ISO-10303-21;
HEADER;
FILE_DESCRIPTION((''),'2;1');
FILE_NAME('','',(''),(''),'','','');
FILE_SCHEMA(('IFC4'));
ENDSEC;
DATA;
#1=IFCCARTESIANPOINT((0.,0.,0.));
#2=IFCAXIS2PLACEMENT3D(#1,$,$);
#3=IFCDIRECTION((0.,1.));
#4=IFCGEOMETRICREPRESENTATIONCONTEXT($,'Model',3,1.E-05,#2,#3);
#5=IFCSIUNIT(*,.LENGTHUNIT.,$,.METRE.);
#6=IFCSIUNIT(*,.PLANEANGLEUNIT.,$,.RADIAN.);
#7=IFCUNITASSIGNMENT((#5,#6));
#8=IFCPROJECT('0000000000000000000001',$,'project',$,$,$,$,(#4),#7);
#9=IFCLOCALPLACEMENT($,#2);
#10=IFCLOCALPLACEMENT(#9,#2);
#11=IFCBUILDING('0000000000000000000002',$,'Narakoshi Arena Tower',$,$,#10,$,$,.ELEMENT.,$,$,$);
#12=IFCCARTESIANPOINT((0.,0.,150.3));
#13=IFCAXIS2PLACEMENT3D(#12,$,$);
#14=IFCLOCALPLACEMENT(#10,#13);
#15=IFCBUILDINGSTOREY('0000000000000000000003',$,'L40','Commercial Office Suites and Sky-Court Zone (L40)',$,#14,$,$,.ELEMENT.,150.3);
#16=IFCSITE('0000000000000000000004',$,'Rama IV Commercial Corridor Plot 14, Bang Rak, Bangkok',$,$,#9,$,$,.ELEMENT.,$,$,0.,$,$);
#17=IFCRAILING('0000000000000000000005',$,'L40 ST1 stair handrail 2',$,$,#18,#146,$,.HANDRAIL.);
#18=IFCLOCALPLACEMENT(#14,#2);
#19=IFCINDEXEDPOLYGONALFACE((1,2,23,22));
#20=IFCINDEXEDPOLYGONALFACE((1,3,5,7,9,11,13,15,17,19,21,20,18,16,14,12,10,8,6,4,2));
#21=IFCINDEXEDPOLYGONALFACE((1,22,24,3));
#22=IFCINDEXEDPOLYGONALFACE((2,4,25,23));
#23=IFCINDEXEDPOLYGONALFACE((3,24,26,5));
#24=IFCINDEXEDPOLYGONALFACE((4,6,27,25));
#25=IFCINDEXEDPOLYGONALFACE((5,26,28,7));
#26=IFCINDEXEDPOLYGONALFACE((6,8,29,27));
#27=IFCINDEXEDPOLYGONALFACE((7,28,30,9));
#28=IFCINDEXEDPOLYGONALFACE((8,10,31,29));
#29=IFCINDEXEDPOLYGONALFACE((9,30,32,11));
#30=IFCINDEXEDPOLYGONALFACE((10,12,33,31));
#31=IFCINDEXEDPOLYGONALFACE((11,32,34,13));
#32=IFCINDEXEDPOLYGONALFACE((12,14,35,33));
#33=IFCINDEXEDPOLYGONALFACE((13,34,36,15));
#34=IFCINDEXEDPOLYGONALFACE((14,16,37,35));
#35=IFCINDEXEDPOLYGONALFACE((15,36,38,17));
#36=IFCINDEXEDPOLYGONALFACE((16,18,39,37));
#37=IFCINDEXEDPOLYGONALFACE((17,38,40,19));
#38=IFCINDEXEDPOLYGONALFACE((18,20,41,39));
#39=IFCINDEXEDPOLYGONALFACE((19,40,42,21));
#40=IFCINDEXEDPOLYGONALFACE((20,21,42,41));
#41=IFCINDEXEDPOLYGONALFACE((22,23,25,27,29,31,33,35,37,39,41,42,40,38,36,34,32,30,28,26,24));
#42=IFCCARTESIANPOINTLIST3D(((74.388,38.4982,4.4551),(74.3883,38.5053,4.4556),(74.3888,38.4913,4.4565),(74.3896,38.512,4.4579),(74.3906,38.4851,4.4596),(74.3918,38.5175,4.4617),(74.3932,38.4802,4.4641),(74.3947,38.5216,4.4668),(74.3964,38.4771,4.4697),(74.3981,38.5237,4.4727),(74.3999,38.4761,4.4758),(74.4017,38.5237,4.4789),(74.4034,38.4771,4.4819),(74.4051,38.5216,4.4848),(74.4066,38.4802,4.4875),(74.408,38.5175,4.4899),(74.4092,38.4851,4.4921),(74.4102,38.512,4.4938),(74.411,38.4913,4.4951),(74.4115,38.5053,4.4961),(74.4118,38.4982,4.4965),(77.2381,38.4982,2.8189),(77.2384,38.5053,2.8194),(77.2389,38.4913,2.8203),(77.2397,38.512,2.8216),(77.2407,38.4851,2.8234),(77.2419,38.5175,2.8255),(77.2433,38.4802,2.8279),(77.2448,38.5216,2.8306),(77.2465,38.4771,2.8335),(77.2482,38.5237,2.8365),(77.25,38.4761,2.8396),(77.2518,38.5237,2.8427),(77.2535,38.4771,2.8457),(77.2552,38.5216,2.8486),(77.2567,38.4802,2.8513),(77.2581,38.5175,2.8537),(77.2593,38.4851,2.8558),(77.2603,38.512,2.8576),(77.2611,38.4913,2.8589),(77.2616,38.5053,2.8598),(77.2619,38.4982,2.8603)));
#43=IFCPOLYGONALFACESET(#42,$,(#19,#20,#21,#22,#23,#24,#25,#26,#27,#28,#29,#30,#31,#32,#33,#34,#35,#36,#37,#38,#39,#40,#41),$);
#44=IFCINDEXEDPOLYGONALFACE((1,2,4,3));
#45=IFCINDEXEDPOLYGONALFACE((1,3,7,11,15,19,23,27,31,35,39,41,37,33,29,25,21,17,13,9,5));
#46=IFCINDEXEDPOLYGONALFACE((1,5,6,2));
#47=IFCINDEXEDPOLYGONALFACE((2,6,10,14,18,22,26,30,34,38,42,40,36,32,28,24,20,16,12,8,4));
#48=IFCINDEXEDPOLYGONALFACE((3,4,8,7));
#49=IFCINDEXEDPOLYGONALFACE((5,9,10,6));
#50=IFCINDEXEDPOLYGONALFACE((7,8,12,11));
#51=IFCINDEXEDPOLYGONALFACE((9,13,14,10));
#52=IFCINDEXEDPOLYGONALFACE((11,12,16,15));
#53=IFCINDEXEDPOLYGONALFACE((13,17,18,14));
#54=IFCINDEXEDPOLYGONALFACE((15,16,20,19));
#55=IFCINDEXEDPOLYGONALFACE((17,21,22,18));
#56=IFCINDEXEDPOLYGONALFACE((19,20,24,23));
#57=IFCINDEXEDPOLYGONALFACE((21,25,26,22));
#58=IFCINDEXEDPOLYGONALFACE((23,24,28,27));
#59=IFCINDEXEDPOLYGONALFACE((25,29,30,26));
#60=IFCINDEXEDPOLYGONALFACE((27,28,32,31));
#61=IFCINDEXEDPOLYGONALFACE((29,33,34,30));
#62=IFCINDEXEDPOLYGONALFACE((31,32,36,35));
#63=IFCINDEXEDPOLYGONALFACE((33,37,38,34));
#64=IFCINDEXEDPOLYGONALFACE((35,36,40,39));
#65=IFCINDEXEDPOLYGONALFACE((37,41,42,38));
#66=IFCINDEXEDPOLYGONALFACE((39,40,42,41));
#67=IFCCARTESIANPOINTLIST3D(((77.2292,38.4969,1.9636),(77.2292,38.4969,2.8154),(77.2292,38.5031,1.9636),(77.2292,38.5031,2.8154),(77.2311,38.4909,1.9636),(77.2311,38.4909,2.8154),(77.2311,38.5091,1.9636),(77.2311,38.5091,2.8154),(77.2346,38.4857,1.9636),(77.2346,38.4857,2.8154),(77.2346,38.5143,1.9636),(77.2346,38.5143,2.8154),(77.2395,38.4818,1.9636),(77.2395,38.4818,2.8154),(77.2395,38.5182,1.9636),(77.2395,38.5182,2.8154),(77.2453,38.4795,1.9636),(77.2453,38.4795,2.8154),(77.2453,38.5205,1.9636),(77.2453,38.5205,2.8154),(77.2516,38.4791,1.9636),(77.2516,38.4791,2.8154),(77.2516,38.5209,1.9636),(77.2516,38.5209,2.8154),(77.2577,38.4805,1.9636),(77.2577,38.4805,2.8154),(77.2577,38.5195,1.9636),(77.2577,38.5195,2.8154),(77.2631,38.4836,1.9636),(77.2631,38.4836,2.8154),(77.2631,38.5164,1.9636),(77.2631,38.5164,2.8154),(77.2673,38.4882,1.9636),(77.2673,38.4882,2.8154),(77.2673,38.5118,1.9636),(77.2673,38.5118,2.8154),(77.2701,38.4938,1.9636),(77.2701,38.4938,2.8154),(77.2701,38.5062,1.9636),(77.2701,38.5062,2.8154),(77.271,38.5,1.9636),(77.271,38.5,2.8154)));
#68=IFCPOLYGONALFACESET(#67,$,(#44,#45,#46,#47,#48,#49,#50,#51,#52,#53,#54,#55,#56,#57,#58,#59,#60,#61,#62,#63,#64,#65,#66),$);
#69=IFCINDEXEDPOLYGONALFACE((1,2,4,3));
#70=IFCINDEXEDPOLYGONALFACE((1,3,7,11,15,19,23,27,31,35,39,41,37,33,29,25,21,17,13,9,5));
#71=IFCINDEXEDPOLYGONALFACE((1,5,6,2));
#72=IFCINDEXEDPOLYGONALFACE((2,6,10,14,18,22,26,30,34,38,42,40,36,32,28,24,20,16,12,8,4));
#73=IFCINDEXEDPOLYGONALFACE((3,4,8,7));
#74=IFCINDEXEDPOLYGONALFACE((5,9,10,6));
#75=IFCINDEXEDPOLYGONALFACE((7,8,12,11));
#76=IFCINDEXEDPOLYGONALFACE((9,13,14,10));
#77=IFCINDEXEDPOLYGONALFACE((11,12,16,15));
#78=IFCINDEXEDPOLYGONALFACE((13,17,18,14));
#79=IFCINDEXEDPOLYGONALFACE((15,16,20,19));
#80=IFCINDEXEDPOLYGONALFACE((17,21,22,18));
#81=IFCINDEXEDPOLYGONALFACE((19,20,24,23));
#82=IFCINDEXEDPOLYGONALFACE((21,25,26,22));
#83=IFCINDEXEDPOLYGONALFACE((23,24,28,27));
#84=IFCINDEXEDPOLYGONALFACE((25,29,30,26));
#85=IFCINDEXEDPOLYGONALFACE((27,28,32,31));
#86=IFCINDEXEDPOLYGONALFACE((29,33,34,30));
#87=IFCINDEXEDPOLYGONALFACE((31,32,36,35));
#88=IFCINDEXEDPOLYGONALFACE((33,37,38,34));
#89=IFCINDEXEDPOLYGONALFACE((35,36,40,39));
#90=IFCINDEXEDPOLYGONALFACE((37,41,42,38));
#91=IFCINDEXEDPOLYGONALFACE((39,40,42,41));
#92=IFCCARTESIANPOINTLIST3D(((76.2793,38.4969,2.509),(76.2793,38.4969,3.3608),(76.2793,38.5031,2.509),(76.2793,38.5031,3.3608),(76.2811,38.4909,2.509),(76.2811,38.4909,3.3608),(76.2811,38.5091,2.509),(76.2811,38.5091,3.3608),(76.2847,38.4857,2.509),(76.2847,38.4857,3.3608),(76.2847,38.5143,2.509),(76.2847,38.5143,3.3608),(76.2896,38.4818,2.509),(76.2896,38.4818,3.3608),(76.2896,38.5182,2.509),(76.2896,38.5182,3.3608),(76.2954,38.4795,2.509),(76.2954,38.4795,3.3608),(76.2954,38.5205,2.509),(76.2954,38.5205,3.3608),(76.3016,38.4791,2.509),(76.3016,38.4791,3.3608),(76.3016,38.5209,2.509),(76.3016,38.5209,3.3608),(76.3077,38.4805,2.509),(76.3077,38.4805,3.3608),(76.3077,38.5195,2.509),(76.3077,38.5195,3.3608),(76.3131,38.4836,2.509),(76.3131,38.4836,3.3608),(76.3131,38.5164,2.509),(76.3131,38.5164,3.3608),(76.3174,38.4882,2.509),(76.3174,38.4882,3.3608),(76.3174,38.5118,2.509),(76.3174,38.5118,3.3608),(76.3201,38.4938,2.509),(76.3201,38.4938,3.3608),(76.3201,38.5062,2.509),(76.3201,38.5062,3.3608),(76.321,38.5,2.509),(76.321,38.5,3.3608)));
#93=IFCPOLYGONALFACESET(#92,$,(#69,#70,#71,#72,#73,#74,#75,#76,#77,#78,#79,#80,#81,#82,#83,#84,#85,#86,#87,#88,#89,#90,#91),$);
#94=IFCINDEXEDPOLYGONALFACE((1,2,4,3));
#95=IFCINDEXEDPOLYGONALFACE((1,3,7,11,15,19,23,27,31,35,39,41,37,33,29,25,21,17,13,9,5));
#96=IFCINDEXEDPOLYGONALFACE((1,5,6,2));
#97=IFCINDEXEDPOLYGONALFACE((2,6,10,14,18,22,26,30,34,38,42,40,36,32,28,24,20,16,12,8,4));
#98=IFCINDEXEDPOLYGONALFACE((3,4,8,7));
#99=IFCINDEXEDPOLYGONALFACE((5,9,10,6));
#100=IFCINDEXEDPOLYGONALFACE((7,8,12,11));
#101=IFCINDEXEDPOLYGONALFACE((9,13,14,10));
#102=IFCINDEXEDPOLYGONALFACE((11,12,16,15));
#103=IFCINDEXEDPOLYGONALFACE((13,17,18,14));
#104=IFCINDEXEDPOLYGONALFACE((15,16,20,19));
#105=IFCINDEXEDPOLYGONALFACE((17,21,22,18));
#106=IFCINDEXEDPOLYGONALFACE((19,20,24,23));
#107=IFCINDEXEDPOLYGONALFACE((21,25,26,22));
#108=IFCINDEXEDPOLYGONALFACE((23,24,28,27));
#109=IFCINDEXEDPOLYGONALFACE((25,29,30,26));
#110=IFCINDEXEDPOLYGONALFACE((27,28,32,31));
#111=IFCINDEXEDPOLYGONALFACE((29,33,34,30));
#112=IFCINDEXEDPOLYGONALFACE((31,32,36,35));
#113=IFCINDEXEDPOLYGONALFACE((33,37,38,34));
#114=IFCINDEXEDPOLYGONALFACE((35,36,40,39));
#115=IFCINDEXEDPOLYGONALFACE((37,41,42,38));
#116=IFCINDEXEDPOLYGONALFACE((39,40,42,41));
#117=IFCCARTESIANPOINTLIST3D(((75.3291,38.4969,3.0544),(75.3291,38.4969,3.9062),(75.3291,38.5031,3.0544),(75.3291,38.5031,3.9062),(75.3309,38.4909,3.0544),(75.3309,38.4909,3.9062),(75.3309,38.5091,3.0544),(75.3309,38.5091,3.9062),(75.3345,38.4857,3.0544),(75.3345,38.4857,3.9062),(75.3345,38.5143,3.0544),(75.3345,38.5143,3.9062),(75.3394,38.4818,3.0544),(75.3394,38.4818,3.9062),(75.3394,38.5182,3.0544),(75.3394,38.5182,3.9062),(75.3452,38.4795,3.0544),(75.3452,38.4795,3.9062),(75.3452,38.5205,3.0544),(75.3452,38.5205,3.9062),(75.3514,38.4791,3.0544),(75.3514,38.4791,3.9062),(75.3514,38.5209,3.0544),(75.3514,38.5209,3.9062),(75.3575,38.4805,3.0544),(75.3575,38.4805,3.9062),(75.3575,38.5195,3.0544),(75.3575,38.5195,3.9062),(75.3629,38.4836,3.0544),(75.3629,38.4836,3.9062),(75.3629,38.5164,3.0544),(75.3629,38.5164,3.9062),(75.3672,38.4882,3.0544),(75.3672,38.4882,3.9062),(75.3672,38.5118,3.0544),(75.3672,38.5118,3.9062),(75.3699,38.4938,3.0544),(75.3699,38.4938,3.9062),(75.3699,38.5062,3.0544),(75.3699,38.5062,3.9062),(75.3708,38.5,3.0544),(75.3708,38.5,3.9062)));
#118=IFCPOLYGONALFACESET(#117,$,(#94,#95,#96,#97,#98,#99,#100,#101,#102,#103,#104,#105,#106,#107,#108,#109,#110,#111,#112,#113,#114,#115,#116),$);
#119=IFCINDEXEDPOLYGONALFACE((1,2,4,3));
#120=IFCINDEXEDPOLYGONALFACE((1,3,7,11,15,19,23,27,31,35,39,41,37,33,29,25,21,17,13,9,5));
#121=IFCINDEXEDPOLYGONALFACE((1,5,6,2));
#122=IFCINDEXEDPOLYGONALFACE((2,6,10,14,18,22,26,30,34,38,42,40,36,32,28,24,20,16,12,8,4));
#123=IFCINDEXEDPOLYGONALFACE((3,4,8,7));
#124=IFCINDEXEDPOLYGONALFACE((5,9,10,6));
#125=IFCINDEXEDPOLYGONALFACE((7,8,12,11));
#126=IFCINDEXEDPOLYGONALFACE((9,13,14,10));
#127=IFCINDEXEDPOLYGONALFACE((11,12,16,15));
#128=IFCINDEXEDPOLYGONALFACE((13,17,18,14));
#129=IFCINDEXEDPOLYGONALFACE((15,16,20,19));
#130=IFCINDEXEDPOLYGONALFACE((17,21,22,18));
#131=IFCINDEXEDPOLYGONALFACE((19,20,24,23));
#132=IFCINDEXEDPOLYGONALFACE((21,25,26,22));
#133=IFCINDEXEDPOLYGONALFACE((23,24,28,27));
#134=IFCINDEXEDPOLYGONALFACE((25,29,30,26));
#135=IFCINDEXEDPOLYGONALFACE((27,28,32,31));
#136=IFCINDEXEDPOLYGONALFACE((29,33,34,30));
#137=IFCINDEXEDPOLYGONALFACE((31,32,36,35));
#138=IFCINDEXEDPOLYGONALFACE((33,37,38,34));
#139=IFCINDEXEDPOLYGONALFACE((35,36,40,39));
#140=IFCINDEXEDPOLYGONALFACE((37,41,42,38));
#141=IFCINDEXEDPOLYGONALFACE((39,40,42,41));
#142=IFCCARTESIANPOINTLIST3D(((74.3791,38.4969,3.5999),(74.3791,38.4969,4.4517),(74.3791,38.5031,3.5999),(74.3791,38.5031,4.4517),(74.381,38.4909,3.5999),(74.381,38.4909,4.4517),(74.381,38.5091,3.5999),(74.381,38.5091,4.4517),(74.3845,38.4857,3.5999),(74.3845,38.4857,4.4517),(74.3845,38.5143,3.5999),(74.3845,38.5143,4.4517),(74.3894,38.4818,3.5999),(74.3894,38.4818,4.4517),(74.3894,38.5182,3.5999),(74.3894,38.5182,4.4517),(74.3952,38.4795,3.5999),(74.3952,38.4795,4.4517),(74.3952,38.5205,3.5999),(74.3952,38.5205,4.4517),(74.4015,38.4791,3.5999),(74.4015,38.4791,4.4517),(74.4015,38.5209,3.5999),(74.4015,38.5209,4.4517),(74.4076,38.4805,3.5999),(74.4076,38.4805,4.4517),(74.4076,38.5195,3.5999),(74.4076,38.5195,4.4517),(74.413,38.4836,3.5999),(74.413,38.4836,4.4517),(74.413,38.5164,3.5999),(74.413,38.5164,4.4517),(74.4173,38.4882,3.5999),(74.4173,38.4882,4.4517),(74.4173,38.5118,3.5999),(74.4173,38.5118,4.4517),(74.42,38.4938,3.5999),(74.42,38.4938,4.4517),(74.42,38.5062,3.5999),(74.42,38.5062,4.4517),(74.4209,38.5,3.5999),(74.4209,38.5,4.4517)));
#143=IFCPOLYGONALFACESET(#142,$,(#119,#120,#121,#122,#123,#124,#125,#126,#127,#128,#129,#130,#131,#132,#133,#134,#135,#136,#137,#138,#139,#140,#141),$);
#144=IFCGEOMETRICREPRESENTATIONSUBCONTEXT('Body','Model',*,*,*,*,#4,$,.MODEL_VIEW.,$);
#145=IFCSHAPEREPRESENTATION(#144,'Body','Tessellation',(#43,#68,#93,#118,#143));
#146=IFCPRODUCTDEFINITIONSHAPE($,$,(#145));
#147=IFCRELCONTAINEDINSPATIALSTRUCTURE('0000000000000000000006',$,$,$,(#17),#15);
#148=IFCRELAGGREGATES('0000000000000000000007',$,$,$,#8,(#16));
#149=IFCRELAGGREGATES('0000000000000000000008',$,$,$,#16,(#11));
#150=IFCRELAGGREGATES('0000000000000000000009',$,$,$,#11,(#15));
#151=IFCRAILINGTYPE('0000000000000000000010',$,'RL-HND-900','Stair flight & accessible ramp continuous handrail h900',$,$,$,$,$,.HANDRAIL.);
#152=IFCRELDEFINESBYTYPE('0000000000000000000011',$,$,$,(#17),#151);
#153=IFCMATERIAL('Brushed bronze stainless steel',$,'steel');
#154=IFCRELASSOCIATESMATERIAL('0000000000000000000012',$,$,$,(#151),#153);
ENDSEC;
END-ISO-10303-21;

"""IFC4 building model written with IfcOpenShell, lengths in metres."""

from ifc_helpers import new_model, si_unit, direction, frame, origin, origin_2d, place, context, subcontext, project, spatial, circle, extrude, material, type_object, element, save


model = new_model("IFC4")

# Units and contexts
model_context = context("Model", 3, precision=1e-05, world=origin(), true_north=direction((0.0, 1.0)))
body_context = subcontext(model_context, "Body", "Model", "MODEL_VIEW")
ifc_project = project(units=[si_unit("LENGTHUNIT", "METRE"), si_unit("PLANEANGLEUNIT", "RADIAN")], contexts=[model_context])

# Site, building, storey
site_placement = place(None, origin())
site = spatial("IfcSite", under=ifc_project, at=site_placement, Name="Rama IV Commercial Corridor Plot 14, Bang Rak, Bangkok", CompositionType="ELEMENT", RefElevation=0.0)
building_placement = place(site_placement, origin())
building = spatial("IfcBuilding", under=site, at=building_placement, Name="Narakoshi Arena Tower", CompositionType="ELEMENT")
storey_placement = place(building_placement, frame((0.0, 0.0, 150.3)))
storey = spatial("IfcBuildingStorey", under=building, at=storey_placement, Name="L40", Description="Commercial Office Suites and Sky-Court Zone (L40)", CompositionType="ELEMENT", Elevation=150.3)

# Railing
ifc_material_1 = material(Name="Brushed bronze stainless steel", Category="steel")
railing_type_1 = type_object("IfcRailingType", Name="RL-HND-900", Description="Stair flight & accessible ramp continuous handrail h900", PredefinedType="HANDRAIL", material=ifc_material_1)
railing_1_placement = place(storey_placement, frame((77.25, 38.5, 1.9636)))
element("IfcRailing", 1, at=railing_1_placement, inside=storey, type_object=railing_type_1, Name="L40 ST1 stair handrail 2", PredefinedType="HANDRAIL", context=body_context, shape_type="SweptSolid", body=[
    extrude(circle(Radius=0.0239, at=origin_2d()), frame((0.0, 0.0, 0.876), z_axis=(-0.867245, 0.0, 0.497882), x_axis=(0.0, -1.0, 0.0)), (0.0, 0.0, 1.0), 3.2864),
    extrude(circle(Radius=0.021, at=origin_2d()), origin(), (0.0, 0.0, 1.0), 0.8518),
    extrude(circle(Radius=0.021, at=origin_2d()), frame((-0.95, 0.0, 0.5454)), (0.0, 0.0, 1.0), 0.8518),
    extrude(circle(Radius=0.021, at=origin_2d()), frame((-1.9001, 0.0, 1.0908)), (0.0, 0.0, 1.0), 0.8518),
    extrude(circle(Radius=0.021, at=origin_2d()), frame((-2.8501, 0.0, 1.6362)), (0.0, 0.0, 1.0), 0.8518),
])

save(model, "model.ifc")
